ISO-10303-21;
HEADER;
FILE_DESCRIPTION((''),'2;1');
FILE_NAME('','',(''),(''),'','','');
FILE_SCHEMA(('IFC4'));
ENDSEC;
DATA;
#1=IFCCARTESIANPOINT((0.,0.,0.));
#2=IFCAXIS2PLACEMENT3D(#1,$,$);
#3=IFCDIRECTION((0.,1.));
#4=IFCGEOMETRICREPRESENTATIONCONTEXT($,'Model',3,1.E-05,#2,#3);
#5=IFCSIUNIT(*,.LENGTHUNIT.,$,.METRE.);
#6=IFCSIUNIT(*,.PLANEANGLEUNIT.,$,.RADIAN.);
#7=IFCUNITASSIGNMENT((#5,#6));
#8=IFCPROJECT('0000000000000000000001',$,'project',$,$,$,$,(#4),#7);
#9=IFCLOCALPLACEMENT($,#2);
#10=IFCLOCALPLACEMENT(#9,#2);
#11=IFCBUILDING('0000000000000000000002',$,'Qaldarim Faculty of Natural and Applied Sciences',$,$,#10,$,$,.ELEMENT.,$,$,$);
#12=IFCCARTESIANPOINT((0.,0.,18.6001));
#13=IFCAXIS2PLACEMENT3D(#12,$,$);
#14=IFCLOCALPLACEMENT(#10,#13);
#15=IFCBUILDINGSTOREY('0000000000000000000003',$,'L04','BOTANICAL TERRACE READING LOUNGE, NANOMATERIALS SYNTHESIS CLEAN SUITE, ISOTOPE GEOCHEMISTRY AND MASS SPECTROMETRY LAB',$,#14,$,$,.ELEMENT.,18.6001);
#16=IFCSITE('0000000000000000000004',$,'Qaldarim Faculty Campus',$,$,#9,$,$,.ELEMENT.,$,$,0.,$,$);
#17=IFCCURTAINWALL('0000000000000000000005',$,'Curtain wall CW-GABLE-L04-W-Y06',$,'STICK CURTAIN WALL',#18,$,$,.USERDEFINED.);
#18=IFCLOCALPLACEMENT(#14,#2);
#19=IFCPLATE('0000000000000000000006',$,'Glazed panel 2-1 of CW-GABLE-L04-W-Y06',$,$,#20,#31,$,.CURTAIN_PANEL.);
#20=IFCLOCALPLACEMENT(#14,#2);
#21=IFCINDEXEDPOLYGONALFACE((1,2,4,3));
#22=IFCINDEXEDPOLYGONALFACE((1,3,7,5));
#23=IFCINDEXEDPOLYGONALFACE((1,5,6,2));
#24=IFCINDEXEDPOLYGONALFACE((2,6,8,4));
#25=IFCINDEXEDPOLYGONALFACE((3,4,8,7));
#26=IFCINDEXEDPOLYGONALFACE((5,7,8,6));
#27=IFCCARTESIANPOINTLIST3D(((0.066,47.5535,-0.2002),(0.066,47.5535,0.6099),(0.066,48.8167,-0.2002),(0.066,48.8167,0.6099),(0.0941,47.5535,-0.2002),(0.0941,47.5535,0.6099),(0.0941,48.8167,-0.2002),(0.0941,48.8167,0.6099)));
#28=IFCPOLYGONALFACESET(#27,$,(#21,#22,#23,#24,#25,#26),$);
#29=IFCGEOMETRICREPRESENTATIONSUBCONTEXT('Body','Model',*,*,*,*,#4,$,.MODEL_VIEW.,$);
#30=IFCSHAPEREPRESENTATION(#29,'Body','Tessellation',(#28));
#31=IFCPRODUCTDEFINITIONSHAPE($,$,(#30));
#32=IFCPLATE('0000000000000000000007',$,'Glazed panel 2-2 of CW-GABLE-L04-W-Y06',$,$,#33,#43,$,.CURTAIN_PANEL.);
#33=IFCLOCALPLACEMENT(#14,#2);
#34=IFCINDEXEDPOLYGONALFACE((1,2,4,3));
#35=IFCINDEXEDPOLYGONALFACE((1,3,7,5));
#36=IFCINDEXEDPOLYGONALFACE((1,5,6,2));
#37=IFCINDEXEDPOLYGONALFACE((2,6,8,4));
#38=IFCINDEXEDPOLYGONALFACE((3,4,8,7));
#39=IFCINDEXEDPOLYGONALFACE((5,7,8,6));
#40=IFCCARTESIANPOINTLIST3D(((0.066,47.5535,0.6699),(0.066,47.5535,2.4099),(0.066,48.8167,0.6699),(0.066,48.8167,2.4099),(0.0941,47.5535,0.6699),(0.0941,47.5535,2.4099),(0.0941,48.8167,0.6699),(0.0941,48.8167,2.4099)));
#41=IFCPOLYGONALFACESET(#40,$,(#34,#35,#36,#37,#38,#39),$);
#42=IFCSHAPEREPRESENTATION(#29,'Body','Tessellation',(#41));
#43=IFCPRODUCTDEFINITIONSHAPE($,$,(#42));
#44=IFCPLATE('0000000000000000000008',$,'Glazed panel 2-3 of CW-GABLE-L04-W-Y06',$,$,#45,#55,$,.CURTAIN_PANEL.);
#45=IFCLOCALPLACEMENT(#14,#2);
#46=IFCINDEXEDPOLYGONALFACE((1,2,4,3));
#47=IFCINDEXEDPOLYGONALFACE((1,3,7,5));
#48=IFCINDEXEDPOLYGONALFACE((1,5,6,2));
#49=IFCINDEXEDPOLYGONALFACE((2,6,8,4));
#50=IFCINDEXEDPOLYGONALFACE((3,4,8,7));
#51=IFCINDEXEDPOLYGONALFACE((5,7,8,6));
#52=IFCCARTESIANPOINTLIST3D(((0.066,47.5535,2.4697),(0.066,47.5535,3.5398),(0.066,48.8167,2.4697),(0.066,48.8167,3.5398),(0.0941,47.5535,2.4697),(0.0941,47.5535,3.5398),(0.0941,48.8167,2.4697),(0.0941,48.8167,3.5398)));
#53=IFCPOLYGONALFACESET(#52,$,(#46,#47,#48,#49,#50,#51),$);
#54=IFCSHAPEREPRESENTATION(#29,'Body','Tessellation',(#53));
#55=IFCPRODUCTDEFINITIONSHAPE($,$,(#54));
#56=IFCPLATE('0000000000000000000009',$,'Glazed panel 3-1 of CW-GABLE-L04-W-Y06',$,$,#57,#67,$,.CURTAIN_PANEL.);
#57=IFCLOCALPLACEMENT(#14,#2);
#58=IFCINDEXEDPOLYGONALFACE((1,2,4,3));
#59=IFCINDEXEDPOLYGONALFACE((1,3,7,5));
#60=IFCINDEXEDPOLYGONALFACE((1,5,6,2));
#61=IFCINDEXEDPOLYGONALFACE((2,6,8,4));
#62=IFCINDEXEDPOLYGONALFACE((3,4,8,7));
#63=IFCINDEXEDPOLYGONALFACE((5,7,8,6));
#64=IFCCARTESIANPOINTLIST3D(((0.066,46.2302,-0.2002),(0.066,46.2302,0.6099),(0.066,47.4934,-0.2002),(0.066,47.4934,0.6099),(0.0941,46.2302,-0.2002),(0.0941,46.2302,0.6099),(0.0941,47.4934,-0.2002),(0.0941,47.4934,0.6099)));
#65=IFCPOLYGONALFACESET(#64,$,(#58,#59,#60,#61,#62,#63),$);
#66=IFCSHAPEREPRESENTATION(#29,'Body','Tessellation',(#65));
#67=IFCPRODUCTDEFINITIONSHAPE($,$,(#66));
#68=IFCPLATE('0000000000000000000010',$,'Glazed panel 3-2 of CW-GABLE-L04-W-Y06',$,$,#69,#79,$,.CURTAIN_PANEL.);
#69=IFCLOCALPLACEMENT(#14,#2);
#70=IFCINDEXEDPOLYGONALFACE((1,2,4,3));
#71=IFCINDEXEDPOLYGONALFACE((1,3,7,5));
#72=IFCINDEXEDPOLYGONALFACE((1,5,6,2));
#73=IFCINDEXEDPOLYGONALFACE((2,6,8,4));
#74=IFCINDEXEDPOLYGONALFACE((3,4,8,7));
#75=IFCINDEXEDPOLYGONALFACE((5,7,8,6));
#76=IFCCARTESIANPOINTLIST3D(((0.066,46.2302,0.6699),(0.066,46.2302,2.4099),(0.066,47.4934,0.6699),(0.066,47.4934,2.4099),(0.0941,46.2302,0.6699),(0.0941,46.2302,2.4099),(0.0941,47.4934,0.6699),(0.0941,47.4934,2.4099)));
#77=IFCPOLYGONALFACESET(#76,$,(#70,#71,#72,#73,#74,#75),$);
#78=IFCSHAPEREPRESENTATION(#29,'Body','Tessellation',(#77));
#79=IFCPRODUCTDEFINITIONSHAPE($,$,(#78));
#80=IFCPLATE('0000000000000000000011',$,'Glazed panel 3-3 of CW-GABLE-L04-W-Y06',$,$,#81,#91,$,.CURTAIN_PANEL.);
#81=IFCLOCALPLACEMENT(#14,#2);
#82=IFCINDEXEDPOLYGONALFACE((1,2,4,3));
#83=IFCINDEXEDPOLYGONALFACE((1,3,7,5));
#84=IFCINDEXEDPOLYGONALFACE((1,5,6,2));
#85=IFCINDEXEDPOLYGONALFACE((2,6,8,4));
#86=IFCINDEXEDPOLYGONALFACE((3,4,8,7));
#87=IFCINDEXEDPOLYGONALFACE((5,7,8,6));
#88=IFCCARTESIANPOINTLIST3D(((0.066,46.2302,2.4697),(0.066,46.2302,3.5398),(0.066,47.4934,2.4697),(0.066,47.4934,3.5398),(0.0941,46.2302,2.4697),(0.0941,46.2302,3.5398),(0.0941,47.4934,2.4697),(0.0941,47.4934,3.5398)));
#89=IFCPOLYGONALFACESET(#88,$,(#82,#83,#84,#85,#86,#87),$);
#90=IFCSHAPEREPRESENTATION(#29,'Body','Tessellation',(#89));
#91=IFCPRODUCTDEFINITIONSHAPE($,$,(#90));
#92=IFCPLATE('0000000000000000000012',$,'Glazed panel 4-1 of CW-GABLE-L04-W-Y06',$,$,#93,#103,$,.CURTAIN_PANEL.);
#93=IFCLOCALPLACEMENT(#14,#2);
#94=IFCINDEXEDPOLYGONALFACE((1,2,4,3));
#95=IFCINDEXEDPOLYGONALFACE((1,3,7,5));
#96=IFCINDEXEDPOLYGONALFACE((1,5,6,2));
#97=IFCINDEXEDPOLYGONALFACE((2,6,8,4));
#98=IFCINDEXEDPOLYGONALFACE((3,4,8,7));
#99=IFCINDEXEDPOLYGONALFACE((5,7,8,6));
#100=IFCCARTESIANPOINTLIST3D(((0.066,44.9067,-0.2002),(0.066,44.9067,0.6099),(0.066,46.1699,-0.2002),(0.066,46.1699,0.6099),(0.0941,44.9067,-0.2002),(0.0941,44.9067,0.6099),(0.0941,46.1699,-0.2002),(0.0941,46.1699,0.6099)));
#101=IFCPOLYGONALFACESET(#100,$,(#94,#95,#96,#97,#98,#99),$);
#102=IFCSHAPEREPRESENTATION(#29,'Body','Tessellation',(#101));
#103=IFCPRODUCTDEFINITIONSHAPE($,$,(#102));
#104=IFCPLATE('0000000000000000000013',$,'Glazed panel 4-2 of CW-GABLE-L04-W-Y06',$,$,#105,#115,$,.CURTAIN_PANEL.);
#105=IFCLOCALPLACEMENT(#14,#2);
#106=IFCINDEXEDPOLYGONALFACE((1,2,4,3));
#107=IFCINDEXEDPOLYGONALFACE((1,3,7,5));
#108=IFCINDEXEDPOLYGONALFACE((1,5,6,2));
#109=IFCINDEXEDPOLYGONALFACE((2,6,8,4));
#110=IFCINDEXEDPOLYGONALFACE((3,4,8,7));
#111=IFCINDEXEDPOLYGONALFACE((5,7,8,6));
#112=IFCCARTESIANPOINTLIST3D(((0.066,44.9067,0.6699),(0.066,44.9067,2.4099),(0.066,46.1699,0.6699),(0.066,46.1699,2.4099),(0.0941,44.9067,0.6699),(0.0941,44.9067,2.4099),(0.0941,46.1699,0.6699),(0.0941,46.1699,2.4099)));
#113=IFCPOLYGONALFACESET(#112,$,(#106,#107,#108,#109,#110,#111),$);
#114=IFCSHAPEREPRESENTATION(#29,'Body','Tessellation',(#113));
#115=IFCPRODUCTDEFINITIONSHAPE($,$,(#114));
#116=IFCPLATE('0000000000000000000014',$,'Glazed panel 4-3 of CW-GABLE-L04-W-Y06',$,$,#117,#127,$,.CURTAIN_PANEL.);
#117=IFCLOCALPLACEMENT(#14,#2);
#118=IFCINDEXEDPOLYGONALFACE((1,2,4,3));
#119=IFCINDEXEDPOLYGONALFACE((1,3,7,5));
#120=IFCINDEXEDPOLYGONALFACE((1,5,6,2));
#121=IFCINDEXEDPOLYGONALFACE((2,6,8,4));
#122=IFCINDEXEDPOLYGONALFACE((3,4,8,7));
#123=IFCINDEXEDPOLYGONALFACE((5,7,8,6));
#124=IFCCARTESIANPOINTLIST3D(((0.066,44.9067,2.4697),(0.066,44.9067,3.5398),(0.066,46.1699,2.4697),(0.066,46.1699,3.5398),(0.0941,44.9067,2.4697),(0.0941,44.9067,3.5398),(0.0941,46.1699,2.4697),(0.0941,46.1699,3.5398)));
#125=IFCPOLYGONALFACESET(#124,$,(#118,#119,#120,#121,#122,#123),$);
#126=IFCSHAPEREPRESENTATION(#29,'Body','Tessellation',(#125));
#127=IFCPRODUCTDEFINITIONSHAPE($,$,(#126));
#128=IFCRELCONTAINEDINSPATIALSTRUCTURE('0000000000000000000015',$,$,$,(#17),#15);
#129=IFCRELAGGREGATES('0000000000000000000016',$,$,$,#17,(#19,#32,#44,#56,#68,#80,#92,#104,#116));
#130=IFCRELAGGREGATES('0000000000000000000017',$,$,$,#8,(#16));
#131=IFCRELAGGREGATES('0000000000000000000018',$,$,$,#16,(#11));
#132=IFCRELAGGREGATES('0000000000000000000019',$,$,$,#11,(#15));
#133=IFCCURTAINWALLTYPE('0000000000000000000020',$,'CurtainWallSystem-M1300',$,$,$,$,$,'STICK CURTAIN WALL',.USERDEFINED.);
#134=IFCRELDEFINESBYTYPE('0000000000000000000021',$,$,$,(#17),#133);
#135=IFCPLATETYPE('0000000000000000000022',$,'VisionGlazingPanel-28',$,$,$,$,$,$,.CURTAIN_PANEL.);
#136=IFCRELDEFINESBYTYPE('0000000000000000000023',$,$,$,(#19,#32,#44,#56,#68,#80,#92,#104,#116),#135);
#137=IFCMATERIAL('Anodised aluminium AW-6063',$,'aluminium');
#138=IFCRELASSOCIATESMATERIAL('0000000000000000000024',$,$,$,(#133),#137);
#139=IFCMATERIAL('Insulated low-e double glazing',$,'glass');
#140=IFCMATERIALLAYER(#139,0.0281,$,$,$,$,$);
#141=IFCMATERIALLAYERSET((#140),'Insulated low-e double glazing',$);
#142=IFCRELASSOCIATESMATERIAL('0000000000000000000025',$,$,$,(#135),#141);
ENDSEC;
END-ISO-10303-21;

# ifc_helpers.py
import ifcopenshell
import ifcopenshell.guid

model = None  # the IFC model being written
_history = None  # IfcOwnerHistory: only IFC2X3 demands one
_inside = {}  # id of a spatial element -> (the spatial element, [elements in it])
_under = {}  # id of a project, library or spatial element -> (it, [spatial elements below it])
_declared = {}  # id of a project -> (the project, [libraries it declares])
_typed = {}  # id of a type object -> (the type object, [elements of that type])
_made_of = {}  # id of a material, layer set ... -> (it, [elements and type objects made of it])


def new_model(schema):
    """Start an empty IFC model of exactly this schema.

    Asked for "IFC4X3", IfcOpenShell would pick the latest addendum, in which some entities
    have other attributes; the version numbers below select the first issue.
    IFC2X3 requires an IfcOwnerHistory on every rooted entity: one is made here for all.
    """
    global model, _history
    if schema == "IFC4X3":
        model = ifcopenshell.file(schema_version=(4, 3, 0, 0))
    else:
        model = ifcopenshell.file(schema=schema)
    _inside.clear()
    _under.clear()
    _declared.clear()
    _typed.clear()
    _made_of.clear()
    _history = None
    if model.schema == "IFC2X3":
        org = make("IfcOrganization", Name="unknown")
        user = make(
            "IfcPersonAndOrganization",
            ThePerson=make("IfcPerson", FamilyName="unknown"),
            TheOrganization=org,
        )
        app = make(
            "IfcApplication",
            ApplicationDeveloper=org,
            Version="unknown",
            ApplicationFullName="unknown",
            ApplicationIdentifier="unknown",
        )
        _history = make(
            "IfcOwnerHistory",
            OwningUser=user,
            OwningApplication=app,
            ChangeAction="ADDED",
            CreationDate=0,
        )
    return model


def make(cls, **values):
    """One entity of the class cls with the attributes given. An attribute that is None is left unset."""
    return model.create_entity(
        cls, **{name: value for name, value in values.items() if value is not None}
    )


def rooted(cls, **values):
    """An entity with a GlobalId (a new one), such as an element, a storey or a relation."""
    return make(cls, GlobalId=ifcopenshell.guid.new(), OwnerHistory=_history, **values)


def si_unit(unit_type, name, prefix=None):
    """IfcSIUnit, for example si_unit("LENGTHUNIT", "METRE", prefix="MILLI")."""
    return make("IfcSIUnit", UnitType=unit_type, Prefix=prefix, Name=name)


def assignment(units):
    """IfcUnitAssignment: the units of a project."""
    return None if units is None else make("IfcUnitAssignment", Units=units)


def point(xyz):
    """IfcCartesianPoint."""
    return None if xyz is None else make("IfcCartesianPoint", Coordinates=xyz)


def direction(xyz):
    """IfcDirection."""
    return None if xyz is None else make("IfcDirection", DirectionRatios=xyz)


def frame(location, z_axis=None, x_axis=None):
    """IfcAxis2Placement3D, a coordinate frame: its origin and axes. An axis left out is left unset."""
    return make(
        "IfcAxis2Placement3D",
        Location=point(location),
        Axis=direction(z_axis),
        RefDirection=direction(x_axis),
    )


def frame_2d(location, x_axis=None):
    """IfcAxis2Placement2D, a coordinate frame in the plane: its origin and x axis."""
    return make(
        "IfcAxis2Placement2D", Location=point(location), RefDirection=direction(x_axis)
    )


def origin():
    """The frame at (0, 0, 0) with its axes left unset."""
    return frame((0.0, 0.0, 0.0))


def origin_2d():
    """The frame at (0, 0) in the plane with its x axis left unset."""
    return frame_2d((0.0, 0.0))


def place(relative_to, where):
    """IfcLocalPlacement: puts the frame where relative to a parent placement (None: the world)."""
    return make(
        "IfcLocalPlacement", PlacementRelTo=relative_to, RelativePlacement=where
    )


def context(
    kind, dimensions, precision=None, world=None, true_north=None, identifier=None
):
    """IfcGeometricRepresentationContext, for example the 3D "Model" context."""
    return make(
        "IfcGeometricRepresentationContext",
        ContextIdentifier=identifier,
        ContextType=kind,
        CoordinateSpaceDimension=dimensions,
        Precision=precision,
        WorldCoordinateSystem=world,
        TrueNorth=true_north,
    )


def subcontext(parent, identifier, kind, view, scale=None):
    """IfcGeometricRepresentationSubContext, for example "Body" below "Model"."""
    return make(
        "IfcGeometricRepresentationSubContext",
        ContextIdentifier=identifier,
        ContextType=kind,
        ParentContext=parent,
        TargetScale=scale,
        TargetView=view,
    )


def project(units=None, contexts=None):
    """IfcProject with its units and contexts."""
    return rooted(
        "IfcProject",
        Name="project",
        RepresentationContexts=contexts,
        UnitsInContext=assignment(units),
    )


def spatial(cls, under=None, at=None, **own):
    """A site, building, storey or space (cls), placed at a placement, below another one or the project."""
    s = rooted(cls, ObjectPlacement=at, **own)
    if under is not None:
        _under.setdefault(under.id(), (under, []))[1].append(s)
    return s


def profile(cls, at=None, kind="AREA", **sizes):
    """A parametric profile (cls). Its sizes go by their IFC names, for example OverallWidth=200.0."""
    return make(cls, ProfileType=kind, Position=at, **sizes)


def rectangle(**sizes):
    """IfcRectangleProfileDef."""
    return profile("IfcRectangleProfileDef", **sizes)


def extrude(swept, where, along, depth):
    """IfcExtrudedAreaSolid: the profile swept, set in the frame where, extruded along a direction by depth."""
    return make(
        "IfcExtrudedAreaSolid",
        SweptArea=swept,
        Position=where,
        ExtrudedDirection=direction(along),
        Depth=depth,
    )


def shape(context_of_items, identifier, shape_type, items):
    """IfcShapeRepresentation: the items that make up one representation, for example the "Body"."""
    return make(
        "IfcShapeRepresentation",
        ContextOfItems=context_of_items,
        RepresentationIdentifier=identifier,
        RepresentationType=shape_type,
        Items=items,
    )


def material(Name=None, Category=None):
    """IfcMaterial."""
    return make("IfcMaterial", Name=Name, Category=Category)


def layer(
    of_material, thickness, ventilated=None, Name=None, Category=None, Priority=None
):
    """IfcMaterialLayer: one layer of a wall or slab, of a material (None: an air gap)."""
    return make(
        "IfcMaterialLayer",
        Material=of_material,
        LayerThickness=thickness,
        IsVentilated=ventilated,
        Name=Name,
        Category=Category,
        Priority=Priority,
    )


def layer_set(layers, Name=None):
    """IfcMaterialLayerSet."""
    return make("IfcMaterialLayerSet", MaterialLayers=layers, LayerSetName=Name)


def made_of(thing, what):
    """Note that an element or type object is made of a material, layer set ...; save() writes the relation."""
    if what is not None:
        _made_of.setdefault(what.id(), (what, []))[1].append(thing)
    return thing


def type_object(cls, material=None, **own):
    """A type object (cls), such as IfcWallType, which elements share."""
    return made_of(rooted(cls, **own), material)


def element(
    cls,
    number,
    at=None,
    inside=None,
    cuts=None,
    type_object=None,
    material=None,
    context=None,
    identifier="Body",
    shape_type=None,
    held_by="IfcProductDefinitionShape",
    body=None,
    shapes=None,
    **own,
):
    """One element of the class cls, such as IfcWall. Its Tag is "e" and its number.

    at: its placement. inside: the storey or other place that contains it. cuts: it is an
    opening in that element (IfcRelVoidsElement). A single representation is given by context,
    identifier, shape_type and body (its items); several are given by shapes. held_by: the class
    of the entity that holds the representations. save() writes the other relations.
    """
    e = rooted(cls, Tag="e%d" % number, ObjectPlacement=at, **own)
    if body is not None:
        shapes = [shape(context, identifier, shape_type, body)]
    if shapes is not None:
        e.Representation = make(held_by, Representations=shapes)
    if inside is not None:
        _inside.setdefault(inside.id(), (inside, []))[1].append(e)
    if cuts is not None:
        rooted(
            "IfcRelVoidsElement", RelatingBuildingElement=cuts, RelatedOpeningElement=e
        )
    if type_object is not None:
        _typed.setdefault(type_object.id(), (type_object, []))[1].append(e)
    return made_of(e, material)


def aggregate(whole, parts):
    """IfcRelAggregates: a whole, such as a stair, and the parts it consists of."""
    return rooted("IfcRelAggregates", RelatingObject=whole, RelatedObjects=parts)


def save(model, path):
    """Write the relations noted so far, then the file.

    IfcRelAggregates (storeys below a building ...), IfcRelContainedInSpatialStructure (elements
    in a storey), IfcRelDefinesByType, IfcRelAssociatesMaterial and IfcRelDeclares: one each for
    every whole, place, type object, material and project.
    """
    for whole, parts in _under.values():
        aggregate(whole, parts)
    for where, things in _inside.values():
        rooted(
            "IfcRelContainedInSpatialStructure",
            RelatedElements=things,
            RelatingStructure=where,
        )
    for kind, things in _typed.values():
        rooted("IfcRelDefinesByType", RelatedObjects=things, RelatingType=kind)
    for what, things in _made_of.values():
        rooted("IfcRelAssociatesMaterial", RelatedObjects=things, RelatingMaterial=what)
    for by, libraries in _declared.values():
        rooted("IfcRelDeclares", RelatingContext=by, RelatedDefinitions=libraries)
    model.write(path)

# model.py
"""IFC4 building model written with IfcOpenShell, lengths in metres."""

from ifc_helpers import new_model, si_unit, direction, frame, origin, origin_2d, place, context, subcontext, project, spatial, rectangle, extrude, material, layer, layer_set, type_object, element, aggregate, save


model = new_model("IFC4")

# Units and contexts
model_context = context("Model", 3, precision=1e-05, world=origin(), true_north=direction((0.0, 1.0)))
body_context = subcontext(model_context, "Body", "Model", "MODEL_VIEW")
ifc_project = project(units=[si_unit("LENGTHUNIT", "METRE"), si_unit("PLANEANGLEUNIT", "RADIAN")], contexts=[model_context])

# Site, building, storey
site_placement = place(None, origin())
site = spatial("IfcSite", under=ifc_project, at=site_placement, Name="Qaldarim Faculty Campus", CompositionType="ELEMENT", RefElevation=0.0)
building_placement = place(site_placement, origin())
building = spatial("IfcBuilding", under=site, at=building_placement, Name="Qaldarim Faculty of Natural and Applied Sciences", CompositionType="ELEMENT")
storey_placement = place(building_placement, frame((0.0, 0.0, 18.6001)))
storey = spatial("IfcBuildingStorey", under=building, at=storey_placement, Name="L04", Description="BOTANICAL TERRACE READING LOUNGE, NANOMATERIALS SYNTHESIS CLEAN SUITE, ISOTOPE GEOCHEMISTRY AND MASS SPECTROMETRY LAB", CompositionType="ELEMENT", Elevation=18.6001)

# Curtain wall, plates
ifc_material_1 = material(Name="Anodised aluminium AW-6063", Category="aluminium")
curtain_wall_type = type_object("IfcCurtainWallType", Name="CurtainWallSystem-M1300", ElementType="STICK CURTAIN WALL", PredefinedType="USERDEFINED", material=ifc_material_1)
curtain_wall_placement = place(storey_placement, origin())
curtain_wall = element("IfcCurtainWall", 1, at=curtain_wall_placement, inside=storey, type_object=curtain_wall_type, Name="Curtain wall CW-GABLE-L04-W-Y06", ObjectType="STICK CURTAIN WALL", PredefinedType="USERDEFINED")
ifc_material_2 = material(Name="Insulated low-e double glazing", Category="glass")
ifc_layer = layer(ifc_material_2, 0.0281)
ifc_layer_set = layer_set([ifc_layer], Name="Insulated low-e double glazing")
plate_type = type_object("IfcPlateType", Name="VisionGlazingPanel-28", PredefinedType="CURTAIN_PANEL", material=ifc_layer_set)
plate_1_placement = place(storey_placement, frame((0.0801, 48.1851, -0.2002), z_axis=(0.0, 0.0, 1.0), x_axis=(0.0, -1.0, 0.0)))
plate_1 = element("IfcPlate", 2, at=plate_1_placement, type_object=plate_type, Name="Glazed panel 2-1 of CW-GABLE-L04-W-Y06", PredefinedType="CURTAIN_PANEL", context=body_context, shape_type="SweptSolid", body=[
    extrude(rectangle(XDim=1.2632, YDim=0.0281, at=origin_2d()), origin(), (0.0, 0.0, 1.0), 0.8101),
])
plate_2_placement = place(storey_placement, frame((0.0801, 48.1851, 0.6699), z_axis=(0.0, 0.0, 1.0), x_axis=(0.0, -1.0, 0.0)))
plate_2 = element("IfcPlate", 3, at=plate_2_placement, type_object=plate_type, Name="Glazed panel 2-2 of CW-GABLE-L04-W-Y06", PredefinedType="CURTAIN_PANEL", context=body_context, shape_type="SweptSolid", body=[
    extrude(rectangle(XDim=1.2632, YDim=0.0281, at=origin_2d()), origin(), (0.0, 0.0, 1.0), 1.74),
])
plate_3_placement = place(storey_placement, frame((0.0801, 48.1851, 2.4697), z_axis=(0.0, 0.0, 1.0), x_axis=(0.0, -1.0, 0.0)))
plate_3 = element("IfcPlate", 4, at=plate_3_placement, type_object=plate_type, Name="Glazed panel 2-3 of CW-GABLE-L04-W-Y06", PredefinedType="CURTAIN_PANEL", context=body_context, shape_type="SweptSolid", body=[
    extrude(rectangle(XDim=1.2632, YDim=0.0281, at=origin_2d()), origin(), (0.0, 0.0, 1.0), 1.0701),
])
plate_4_placement = place(storey_placement, frame((0.0801, 46.8618, -0.2002), z_axis=(0.0, 0.0, 1.0), x_axis=(0.0, -1.0, 0.0)))
plate_4 = element("IfcPlate", 5, at=plate_4_placement, type_object=plate_type, Name="Glazed panel 3-1 of CW-GABLE-L04-W-Y06", PredefinedType="CURTAIN_PANEL", context=body_context, shape_type="SweptSolid", body=[
    extrude(rectangle(XDim=1.2632, YDim=0.0281, at=origin_2d()), origin(), (0.0, 0.0, 1.0), 0.8101),
])
plate_5_placement = place(storey_placement, frame((0.0801, 46.8618, 0.6699), z_axis=(0.0, 0.0, 1.0), x_axis=(0.0, -1.0, 0.0)))
plate_5 = element("IfcPlate", 6, at=plate_5_placement, type_object=plate_type, Name="Glazed panel 3-2 of CW-GABLE-L04-W-Y06", PredefinedType="CURTAIN_PANEL", context=body_context, shape_type="SweptSolid", body=[
    extrude(rectangle(XDim=1.2632, YDim=0.0281, at=origin_2d()), origin(), (0.0, 0.0, 1.0), 1.74),
])
plate_6_placement = place(storey_placement, frame((0.0801, 46.8618, 2.4697), z_axis=(0.0, 0.0, 1.0), x_axis=(0.0, -1.0, 0.0)))
plate_6 = element("IfcPlate", 7, at=plate_6_placement, type_object=plate_type, Name="Glazed panel 3-3 of CW-GABLE-L04-W-Y06", PredefinedType="CURTAIN_PANEL", context=body_context, shape_type="SweptSolid", body=[
    extrude(rectangle(XDim=1.2632, YDim=0.0281, at=origin_2d()), origin(), (0.0, 0.0, 1.0), 1.0701),
])
plate_7_placement = place(storey_placement, frame((0.0801, 45.5383, -0.2002), z_axis=(0.0, 0.0, 1.0), x_axis=(0.0, -1.0, 0.0)))
plate_7 = element("IfcPlate", 8, at=plate_7_placement, type_object=plate_type, Name="Glazed panel 4-1 of CW-GABLE-L04-W-Y06", PredefinedType="CURTAIN_PANEL", context=body_context, shape_type="SweptSolid", body=[
    extrude(rectangle(XDim=1.2632, YDim=0.0281, at=origin_2d()), origin(), (0.0, 0.0, 1.0), 0.8101),
])
plate_8_placement = place(storey_placement, frame((0.0801, 45.5383, 0.6699), z_axis=(0.0, 0.0, 1.0), x_axis=(0.0, -1.0, 0.0)))
plate_8 = element("IfcPlate", 9, at=plate_8_placement, type_object=plate_type, Name="Glazed panel 4-2 of CW-GABLE-L04-W-Y06", PredefinedType="CURTAIN_PANEL", context=body_context, shape_type="SweptSolid", body=[
    extrude(rectangle(XDim=1.2632, YDim=0.0281, at=origin_2d()), origin(), (0.0, 0.0, 1.0), 1.74),
])
plate_9_placement = place(storey_placement, frame((0.0801, 45.5383, 2.4697), z_axis=(0.0, 0.0, 1.0), x_axis=(0.0, -1.0, 0.0)))
plate_9 = element("IfcPlate", 10, at=plate_9_placement, type_object=plate_type, Name="Glazed panel 4-3 of CW-GABLE-L04-W-Y06", PredefinedType="CURTAIN_PANEL", context=body_context, shape_type="SweptSolid", body=[
    extrude(rectangle(XDim=1.2632, YDim=0.0281, at=origin_2d()), origin(), (0.0, 0.0, 1.0), 1.0701),
])
aggregate(curtain_wall, [plate_1, plate_2, plate_3, plate_4, plate_5, plate_6, plate_7, plate_8, plate_9])

save(model, "model.ifc")
